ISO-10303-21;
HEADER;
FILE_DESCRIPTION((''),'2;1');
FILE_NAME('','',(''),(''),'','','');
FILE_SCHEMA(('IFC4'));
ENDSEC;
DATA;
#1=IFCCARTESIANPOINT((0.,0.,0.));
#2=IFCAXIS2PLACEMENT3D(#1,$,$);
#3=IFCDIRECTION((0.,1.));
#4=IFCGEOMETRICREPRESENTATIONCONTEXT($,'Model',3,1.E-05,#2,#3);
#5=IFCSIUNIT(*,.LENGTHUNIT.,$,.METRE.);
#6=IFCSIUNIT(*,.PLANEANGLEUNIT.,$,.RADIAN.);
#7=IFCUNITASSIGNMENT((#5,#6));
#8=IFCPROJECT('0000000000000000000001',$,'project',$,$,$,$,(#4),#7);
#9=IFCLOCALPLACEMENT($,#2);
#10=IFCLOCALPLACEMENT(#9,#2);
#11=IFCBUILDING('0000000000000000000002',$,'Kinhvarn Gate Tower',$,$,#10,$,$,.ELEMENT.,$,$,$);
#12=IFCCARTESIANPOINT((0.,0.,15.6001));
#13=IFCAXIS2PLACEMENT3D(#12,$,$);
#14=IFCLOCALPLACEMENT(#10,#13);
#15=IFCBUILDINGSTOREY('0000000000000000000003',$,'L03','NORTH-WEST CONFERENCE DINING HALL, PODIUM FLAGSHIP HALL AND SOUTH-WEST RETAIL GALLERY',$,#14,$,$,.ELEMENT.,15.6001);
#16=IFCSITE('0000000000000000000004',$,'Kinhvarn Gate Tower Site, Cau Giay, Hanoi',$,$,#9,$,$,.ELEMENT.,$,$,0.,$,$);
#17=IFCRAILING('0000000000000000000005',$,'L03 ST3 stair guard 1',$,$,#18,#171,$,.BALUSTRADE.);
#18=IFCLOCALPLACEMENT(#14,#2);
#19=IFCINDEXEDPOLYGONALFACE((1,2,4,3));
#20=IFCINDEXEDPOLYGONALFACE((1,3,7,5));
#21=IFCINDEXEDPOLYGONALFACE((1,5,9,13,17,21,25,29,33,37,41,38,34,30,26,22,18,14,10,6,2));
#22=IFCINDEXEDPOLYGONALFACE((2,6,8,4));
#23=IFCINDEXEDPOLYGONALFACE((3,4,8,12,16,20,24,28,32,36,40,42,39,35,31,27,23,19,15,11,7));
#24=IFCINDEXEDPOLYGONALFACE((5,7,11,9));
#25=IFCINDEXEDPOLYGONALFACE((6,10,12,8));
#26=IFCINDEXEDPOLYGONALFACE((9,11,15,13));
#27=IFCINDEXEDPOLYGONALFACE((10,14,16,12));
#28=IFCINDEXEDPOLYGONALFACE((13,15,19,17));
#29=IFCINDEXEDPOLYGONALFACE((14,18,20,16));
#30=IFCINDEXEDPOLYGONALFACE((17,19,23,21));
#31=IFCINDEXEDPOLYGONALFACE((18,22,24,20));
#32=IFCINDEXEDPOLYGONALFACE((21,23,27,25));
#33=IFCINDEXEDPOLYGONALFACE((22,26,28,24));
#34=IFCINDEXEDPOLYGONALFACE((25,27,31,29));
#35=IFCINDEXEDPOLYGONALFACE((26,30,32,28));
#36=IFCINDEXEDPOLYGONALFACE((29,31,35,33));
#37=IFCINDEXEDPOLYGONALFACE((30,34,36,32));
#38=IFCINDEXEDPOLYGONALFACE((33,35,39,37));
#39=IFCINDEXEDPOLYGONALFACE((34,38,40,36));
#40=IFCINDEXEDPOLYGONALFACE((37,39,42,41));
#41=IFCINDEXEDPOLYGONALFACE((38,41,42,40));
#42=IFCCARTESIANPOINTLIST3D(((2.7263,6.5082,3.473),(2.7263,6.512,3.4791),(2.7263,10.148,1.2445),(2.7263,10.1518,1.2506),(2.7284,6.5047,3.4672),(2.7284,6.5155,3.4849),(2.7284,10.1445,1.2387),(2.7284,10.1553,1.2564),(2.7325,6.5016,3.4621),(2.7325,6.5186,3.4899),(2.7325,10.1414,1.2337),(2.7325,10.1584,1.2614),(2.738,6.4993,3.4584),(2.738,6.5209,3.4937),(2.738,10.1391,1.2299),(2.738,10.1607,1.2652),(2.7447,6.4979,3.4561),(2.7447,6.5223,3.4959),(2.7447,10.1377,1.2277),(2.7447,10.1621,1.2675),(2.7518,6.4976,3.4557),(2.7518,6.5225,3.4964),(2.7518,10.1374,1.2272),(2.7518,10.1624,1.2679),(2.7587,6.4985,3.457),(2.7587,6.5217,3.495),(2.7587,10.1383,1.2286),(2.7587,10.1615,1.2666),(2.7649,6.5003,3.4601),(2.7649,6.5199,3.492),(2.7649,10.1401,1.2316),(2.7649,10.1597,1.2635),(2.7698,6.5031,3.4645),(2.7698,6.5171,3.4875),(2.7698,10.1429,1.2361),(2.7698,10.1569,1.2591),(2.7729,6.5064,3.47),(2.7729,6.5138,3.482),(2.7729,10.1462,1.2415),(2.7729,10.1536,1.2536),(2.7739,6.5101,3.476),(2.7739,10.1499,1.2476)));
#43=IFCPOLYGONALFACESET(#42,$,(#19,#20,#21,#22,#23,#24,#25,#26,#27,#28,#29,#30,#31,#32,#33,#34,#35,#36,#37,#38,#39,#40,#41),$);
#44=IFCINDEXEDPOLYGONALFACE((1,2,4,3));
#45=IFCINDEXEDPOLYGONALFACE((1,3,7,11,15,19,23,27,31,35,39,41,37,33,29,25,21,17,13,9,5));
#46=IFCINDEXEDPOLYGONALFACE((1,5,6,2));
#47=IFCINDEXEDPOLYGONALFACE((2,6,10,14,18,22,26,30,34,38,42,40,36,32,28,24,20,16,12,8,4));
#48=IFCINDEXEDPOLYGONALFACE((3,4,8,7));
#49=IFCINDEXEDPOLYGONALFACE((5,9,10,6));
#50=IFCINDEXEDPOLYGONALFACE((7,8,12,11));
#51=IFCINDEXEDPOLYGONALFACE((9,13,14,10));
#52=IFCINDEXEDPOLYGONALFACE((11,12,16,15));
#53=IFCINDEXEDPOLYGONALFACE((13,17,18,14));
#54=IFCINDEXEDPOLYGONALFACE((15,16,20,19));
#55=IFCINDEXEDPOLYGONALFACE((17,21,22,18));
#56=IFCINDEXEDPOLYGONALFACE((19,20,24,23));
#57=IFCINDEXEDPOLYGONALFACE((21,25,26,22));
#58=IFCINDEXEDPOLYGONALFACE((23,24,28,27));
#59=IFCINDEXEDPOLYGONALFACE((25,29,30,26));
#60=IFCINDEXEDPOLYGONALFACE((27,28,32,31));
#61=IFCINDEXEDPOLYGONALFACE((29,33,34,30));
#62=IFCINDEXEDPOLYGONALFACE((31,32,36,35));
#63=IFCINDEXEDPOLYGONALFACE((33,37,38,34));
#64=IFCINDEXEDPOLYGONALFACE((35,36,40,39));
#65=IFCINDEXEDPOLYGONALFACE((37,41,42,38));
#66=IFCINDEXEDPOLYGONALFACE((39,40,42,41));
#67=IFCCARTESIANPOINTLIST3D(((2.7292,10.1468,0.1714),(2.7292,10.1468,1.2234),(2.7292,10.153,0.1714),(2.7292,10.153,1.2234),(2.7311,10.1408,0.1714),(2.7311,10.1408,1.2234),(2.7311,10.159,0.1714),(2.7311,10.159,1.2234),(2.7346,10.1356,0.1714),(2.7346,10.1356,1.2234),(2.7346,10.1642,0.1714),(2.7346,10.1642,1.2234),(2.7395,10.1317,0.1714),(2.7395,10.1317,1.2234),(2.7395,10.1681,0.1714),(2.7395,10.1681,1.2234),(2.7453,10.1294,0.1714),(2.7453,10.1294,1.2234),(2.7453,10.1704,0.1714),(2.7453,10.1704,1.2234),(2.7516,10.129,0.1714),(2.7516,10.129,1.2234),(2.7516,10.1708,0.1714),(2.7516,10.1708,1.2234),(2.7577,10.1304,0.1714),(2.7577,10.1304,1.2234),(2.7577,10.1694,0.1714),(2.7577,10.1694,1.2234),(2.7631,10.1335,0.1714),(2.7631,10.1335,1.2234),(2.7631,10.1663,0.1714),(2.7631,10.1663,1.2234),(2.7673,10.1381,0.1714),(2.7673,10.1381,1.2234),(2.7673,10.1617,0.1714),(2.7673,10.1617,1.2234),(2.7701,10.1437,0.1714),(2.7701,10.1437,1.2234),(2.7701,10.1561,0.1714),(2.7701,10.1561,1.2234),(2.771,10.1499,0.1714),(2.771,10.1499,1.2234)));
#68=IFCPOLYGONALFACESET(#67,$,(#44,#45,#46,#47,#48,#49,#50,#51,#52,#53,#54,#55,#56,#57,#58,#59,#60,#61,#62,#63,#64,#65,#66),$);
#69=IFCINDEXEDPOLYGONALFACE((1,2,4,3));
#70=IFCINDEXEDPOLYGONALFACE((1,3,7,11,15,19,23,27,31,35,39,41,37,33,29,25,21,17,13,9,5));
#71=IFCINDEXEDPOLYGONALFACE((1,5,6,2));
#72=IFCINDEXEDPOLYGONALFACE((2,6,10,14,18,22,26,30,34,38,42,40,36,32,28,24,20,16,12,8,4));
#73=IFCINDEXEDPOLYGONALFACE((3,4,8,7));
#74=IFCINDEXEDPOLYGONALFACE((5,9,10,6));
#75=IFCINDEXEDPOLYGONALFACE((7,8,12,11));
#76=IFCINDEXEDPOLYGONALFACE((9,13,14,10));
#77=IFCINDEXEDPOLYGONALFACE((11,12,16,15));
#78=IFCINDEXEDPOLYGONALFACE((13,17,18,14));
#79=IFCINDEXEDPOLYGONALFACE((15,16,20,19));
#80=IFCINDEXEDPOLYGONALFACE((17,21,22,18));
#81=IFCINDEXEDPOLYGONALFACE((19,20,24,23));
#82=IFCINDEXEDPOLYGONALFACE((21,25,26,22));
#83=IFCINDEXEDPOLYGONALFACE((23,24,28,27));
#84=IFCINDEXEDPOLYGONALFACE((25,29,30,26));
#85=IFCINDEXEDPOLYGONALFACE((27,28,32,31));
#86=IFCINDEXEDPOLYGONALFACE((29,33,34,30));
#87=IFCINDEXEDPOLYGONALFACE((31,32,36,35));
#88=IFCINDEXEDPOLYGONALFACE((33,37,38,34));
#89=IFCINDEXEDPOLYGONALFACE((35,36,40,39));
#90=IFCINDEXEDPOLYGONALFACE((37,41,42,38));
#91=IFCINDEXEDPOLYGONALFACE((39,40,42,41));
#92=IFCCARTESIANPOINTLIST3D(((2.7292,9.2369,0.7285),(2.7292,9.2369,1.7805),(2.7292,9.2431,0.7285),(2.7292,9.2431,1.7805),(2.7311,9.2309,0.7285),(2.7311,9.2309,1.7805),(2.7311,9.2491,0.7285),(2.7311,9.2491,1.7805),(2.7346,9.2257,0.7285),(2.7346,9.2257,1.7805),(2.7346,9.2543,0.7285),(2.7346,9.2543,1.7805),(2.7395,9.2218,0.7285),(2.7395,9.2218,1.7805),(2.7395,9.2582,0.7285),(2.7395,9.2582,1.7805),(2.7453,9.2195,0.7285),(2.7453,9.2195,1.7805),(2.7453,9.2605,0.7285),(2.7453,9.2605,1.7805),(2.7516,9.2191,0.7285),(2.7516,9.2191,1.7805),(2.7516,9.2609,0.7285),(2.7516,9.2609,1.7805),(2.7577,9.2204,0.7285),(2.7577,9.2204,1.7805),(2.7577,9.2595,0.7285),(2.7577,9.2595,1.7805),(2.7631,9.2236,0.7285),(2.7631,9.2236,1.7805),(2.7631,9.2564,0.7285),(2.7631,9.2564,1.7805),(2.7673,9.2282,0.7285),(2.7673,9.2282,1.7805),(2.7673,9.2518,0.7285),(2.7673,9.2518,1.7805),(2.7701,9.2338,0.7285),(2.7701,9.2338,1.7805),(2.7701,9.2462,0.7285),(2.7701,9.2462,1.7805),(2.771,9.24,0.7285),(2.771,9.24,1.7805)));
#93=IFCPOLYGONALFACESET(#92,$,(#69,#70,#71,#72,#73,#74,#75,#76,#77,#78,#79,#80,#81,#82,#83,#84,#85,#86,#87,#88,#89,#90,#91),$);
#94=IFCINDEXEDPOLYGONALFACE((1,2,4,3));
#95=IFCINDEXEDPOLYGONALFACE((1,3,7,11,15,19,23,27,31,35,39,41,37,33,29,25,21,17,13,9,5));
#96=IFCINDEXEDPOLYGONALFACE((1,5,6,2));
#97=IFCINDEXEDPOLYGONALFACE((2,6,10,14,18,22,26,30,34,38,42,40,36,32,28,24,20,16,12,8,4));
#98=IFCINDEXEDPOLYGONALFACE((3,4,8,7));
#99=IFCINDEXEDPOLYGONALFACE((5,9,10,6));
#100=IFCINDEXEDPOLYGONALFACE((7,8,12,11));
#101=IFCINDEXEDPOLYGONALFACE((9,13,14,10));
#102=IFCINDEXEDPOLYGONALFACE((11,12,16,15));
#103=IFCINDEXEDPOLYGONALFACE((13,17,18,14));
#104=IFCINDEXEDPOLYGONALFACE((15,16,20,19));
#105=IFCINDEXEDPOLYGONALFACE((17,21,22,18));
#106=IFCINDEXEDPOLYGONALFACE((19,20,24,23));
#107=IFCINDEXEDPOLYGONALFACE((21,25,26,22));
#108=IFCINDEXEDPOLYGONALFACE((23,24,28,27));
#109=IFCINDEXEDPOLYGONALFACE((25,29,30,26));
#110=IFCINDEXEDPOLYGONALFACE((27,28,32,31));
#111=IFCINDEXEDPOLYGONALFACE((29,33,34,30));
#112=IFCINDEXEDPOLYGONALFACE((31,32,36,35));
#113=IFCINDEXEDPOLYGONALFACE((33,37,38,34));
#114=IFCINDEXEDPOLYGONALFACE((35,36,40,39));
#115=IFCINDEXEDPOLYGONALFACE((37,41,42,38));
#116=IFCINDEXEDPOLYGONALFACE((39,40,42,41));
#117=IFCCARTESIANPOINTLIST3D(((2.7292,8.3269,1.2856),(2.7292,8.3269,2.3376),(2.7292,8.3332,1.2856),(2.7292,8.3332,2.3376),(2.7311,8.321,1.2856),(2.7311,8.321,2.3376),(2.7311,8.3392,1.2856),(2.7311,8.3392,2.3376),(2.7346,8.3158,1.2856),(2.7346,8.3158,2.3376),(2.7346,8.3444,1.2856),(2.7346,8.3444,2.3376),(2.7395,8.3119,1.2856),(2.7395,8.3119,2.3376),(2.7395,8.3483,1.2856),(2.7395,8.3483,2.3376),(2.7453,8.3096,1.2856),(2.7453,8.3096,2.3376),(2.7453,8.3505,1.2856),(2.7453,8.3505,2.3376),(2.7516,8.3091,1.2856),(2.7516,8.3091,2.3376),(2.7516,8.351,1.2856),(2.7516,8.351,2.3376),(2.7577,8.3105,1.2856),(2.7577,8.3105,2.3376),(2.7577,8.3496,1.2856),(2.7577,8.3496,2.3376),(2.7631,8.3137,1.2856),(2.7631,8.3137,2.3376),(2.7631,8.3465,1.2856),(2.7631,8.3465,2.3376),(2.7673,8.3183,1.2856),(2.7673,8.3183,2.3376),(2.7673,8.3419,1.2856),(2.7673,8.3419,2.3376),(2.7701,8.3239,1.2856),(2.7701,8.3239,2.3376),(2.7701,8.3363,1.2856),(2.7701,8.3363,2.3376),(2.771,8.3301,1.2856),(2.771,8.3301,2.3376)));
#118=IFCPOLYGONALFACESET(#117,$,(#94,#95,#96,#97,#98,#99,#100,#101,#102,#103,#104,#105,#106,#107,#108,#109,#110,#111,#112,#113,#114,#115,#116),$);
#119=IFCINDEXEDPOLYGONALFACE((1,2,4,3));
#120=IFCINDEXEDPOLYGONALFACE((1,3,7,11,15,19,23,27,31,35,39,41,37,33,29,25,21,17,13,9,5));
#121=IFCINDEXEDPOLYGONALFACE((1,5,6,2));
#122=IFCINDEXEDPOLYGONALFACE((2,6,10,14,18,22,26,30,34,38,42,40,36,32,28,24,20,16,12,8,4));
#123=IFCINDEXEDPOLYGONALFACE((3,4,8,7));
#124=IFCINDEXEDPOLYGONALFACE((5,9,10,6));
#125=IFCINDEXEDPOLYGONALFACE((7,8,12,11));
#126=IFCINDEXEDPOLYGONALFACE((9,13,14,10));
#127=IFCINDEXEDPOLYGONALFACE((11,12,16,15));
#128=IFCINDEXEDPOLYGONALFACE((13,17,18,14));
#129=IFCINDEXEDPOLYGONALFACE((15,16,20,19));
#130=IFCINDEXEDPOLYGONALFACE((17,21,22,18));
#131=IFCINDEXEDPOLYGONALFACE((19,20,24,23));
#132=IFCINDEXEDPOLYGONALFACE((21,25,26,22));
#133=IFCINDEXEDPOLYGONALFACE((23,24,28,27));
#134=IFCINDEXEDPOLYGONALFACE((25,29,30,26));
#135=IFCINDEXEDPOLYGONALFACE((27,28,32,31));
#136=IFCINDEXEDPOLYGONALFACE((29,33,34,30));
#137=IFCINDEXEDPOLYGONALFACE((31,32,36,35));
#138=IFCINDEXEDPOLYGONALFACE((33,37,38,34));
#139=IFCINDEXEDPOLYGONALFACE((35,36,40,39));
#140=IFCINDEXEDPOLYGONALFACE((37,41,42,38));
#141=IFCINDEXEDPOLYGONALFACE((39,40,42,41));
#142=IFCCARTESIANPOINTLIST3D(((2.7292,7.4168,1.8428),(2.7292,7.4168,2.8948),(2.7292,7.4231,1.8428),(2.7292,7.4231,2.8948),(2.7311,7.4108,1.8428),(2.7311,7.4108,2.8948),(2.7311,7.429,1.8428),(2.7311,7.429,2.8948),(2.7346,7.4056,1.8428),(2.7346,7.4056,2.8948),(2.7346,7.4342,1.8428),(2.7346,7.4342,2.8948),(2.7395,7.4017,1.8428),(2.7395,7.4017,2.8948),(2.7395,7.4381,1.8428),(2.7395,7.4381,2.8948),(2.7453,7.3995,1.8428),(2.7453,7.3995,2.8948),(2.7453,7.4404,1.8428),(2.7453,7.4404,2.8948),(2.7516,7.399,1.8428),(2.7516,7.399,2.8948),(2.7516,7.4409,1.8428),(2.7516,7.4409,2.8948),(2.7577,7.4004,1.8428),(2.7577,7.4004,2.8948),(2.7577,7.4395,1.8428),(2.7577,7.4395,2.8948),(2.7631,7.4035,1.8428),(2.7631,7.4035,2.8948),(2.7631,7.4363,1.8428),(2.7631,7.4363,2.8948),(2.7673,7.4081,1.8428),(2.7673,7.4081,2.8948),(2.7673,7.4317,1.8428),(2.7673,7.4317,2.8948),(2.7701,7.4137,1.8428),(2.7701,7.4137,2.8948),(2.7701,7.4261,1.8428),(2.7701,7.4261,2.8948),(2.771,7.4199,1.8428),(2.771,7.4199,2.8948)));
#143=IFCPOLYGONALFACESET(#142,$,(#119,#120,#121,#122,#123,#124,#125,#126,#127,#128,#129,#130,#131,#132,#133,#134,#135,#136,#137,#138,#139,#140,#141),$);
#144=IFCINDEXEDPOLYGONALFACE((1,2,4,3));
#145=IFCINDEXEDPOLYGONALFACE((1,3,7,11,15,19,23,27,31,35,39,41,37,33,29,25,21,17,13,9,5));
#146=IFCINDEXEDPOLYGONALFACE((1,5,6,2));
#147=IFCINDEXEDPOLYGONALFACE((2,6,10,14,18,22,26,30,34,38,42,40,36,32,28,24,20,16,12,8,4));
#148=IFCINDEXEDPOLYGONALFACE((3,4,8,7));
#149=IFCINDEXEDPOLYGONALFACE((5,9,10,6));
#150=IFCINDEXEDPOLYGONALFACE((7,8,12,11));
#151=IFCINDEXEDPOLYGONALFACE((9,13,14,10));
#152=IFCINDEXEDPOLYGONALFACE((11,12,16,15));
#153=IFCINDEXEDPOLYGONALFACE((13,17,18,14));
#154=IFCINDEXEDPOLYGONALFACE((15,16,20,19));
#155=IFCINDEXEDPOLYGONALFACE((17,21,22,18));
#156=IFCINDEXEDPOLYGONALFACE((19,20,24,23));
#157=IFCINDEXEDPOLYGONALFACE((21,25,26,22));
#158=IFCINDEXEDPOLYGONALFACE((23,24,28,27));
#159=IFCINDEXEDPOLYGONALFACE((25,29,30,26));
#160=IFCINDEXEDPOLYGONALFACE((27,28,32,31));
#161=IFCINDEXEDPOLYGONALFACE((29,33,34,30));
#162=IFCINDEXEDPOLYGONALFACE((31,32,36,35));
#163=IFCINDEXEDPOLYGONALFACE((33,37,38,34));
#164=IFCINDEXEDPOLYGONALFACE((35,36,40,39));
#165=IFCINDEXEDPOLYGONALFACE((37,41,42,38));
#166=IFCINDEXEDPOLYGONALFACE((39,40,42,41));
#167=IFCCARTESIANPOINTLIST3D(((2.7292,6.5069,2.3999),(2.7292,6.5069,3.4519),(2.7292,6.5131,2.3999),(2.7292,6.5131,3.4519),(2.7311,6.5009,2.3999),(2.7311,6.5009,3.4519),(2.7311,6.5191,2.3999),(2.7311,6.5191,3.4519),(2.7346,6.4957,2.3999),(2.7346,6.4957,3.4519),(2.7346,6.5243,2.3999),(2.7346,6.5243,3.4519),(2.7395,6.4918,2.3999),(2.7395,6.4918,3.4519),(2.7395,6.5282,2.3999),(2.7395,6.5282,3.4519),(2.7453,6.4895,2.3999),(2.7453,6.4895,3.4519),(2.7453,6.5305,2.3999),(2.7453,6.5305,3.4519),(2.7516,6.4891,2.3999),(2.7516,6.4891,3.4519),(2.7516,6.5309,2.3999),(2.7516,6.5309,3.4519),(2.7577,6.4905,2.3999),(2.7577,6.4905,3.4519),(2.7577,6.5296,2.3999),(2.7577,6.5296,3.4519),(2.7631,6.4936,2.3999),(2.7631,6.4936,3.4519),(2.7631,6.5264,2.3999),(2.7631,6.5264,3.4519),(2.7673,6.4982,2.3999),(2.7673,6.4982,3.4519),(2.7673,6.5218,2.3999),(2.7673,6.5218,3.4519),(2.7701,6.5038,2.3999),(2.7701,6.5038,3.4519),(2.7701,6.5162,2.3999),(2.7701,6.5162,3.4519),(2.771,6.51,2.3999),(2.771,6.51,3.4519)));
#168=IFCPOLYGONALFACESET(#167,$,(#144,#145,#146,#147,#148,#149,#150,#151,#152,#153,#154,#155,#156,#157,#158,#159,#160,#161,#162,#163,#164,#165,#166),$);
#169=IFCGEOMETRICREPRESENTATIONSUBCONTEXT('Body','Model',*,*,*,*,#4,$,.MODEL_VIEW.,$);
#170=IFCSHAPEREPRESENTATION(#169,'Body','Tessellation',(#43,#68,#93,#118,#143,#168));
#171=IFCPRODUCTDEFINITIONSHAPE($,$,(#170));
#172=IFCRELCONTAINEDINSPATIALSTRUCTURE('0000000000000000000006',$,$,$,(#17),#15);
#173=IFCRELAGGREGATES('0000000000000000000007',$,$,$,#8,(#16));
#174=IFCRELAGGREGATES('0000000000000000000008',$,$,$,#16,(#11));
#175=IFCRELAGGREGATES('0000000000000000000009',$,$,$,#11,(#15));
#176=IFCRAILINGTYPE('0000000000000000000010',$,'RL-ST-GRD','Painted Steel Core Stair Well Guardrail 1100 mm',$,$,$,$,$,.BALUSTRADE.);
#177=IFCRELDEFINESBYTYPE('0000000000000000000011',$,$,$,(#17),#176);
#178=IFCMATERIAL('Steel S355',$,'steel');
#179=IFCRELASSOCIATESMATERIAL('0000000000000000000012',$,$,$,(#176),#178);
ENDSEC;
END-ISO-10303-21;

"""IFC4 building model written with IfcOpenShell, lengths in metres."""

from ifc_helpers import new_model, si_unit, direction, frame, origin, origin_2d, place, context, subcontext, project, spatial, circle, extrude, material, type_object, element, save


model = new_model("IFC4")

# Units and contexts
model_context = context("Model", 3, precision=1e-05, world=origin(), true_north=direction((0.0, 1.0)))
body_context = subcontext(model_context, "Body", "Model", "MODEL_VIEW")
ifc_project = project(units=[si_unit("LENGTHUNIT", "METRE"), si_unit("PLANEANGLEUNIT", "RADIAN")], contexts=[model_context])

# Site, building, storey
site_placement = place(None, origin())
site = spatial("IfcSite", under=ifc_project, at=site_placement, Name="Kinhvarn Gate Tower Site, Cau Giay, Hanoi", CompositionType="ELEMENT", RefElevation=0.0)
building_placement = place(site_placement, origin())
building = spatial("IfcBuilding", under=site, at=building_placement, Name="Kinhvarn Gate Tower", CompositionType="ELEMENT")
storey_placement = place(building_placement, frame((0.0, 0.0, 15.6001)))
storey = spatial("IfcBuildingStorey", under=building, at=storey_placement, Name="L03", Description="NORTH-WEST CONFERENCE DINING HALL, PODIUM FLAGSHIP HALL AND SOUTH-WEST RETAIL GALLERY", CompositionType="ELEMENT", Elevation=15.6001)

# Shared definitions
ifc_material_1 = material(Name="Steel S355", Category="steel")

# Railing
railing_type_1 = type_object("IfcRailingType", Name="RL-ST-GRD", Description="Painted Steel Core Stair Well Guardrail 1100 mm", PredefinedType="BALUSTRADE", material=ifc_material_1)
railing_1_placement = place(storey_placement, frame((2.75, 10.1499, 0.1714)))
element("IfcRailing", 1, at=railing_1_placement, inside=storey, type_object=railing_type_1, Name="L03 ST3 stair guard 1", PredefinedType="BALUSTRADE", context=body_context, shape_type="SweptSolid", body=[
    extrude(circle(Radius=0.0239, at=origin_2d()), frame((0.0, 0.0, 1.0762), z_axis=(0.0, -0.85285, 0.522156), x_axis=(1.0, 0.0, 0.0)), (0.0, 0.0, 1.0), 4.2678),
    extrude(circle(Radius=0.021, at=origin_2d()), origin(), (0.0, 0.0, 1.0), 1.052),
    extrude(circle(Radius=0.021, at=origin_2d()), frame((0.0, -0.9099, 0.5571)), (0.0, 0.0, 1.0), 1.052),
    extrude(circle(Radius=0.021, at=origin_2d()), frame((0.0, -1.8198, 1.1143)), (0.0, 0.0, 1.0), 1.052),
    extrude(circle(Radius=0.021, at=origin_2d()), frame((0.0, -2.73, 1.6714)), (0.0, 0.0, 1.0), 1.052),
    extrude(circle(Radius=0.021, at=origin_2d()), frame((0.0, -3.6399, 2.2285)), (0.0, 0.0, 1.0), 1.052),
])

save(model, "model.ifc")
